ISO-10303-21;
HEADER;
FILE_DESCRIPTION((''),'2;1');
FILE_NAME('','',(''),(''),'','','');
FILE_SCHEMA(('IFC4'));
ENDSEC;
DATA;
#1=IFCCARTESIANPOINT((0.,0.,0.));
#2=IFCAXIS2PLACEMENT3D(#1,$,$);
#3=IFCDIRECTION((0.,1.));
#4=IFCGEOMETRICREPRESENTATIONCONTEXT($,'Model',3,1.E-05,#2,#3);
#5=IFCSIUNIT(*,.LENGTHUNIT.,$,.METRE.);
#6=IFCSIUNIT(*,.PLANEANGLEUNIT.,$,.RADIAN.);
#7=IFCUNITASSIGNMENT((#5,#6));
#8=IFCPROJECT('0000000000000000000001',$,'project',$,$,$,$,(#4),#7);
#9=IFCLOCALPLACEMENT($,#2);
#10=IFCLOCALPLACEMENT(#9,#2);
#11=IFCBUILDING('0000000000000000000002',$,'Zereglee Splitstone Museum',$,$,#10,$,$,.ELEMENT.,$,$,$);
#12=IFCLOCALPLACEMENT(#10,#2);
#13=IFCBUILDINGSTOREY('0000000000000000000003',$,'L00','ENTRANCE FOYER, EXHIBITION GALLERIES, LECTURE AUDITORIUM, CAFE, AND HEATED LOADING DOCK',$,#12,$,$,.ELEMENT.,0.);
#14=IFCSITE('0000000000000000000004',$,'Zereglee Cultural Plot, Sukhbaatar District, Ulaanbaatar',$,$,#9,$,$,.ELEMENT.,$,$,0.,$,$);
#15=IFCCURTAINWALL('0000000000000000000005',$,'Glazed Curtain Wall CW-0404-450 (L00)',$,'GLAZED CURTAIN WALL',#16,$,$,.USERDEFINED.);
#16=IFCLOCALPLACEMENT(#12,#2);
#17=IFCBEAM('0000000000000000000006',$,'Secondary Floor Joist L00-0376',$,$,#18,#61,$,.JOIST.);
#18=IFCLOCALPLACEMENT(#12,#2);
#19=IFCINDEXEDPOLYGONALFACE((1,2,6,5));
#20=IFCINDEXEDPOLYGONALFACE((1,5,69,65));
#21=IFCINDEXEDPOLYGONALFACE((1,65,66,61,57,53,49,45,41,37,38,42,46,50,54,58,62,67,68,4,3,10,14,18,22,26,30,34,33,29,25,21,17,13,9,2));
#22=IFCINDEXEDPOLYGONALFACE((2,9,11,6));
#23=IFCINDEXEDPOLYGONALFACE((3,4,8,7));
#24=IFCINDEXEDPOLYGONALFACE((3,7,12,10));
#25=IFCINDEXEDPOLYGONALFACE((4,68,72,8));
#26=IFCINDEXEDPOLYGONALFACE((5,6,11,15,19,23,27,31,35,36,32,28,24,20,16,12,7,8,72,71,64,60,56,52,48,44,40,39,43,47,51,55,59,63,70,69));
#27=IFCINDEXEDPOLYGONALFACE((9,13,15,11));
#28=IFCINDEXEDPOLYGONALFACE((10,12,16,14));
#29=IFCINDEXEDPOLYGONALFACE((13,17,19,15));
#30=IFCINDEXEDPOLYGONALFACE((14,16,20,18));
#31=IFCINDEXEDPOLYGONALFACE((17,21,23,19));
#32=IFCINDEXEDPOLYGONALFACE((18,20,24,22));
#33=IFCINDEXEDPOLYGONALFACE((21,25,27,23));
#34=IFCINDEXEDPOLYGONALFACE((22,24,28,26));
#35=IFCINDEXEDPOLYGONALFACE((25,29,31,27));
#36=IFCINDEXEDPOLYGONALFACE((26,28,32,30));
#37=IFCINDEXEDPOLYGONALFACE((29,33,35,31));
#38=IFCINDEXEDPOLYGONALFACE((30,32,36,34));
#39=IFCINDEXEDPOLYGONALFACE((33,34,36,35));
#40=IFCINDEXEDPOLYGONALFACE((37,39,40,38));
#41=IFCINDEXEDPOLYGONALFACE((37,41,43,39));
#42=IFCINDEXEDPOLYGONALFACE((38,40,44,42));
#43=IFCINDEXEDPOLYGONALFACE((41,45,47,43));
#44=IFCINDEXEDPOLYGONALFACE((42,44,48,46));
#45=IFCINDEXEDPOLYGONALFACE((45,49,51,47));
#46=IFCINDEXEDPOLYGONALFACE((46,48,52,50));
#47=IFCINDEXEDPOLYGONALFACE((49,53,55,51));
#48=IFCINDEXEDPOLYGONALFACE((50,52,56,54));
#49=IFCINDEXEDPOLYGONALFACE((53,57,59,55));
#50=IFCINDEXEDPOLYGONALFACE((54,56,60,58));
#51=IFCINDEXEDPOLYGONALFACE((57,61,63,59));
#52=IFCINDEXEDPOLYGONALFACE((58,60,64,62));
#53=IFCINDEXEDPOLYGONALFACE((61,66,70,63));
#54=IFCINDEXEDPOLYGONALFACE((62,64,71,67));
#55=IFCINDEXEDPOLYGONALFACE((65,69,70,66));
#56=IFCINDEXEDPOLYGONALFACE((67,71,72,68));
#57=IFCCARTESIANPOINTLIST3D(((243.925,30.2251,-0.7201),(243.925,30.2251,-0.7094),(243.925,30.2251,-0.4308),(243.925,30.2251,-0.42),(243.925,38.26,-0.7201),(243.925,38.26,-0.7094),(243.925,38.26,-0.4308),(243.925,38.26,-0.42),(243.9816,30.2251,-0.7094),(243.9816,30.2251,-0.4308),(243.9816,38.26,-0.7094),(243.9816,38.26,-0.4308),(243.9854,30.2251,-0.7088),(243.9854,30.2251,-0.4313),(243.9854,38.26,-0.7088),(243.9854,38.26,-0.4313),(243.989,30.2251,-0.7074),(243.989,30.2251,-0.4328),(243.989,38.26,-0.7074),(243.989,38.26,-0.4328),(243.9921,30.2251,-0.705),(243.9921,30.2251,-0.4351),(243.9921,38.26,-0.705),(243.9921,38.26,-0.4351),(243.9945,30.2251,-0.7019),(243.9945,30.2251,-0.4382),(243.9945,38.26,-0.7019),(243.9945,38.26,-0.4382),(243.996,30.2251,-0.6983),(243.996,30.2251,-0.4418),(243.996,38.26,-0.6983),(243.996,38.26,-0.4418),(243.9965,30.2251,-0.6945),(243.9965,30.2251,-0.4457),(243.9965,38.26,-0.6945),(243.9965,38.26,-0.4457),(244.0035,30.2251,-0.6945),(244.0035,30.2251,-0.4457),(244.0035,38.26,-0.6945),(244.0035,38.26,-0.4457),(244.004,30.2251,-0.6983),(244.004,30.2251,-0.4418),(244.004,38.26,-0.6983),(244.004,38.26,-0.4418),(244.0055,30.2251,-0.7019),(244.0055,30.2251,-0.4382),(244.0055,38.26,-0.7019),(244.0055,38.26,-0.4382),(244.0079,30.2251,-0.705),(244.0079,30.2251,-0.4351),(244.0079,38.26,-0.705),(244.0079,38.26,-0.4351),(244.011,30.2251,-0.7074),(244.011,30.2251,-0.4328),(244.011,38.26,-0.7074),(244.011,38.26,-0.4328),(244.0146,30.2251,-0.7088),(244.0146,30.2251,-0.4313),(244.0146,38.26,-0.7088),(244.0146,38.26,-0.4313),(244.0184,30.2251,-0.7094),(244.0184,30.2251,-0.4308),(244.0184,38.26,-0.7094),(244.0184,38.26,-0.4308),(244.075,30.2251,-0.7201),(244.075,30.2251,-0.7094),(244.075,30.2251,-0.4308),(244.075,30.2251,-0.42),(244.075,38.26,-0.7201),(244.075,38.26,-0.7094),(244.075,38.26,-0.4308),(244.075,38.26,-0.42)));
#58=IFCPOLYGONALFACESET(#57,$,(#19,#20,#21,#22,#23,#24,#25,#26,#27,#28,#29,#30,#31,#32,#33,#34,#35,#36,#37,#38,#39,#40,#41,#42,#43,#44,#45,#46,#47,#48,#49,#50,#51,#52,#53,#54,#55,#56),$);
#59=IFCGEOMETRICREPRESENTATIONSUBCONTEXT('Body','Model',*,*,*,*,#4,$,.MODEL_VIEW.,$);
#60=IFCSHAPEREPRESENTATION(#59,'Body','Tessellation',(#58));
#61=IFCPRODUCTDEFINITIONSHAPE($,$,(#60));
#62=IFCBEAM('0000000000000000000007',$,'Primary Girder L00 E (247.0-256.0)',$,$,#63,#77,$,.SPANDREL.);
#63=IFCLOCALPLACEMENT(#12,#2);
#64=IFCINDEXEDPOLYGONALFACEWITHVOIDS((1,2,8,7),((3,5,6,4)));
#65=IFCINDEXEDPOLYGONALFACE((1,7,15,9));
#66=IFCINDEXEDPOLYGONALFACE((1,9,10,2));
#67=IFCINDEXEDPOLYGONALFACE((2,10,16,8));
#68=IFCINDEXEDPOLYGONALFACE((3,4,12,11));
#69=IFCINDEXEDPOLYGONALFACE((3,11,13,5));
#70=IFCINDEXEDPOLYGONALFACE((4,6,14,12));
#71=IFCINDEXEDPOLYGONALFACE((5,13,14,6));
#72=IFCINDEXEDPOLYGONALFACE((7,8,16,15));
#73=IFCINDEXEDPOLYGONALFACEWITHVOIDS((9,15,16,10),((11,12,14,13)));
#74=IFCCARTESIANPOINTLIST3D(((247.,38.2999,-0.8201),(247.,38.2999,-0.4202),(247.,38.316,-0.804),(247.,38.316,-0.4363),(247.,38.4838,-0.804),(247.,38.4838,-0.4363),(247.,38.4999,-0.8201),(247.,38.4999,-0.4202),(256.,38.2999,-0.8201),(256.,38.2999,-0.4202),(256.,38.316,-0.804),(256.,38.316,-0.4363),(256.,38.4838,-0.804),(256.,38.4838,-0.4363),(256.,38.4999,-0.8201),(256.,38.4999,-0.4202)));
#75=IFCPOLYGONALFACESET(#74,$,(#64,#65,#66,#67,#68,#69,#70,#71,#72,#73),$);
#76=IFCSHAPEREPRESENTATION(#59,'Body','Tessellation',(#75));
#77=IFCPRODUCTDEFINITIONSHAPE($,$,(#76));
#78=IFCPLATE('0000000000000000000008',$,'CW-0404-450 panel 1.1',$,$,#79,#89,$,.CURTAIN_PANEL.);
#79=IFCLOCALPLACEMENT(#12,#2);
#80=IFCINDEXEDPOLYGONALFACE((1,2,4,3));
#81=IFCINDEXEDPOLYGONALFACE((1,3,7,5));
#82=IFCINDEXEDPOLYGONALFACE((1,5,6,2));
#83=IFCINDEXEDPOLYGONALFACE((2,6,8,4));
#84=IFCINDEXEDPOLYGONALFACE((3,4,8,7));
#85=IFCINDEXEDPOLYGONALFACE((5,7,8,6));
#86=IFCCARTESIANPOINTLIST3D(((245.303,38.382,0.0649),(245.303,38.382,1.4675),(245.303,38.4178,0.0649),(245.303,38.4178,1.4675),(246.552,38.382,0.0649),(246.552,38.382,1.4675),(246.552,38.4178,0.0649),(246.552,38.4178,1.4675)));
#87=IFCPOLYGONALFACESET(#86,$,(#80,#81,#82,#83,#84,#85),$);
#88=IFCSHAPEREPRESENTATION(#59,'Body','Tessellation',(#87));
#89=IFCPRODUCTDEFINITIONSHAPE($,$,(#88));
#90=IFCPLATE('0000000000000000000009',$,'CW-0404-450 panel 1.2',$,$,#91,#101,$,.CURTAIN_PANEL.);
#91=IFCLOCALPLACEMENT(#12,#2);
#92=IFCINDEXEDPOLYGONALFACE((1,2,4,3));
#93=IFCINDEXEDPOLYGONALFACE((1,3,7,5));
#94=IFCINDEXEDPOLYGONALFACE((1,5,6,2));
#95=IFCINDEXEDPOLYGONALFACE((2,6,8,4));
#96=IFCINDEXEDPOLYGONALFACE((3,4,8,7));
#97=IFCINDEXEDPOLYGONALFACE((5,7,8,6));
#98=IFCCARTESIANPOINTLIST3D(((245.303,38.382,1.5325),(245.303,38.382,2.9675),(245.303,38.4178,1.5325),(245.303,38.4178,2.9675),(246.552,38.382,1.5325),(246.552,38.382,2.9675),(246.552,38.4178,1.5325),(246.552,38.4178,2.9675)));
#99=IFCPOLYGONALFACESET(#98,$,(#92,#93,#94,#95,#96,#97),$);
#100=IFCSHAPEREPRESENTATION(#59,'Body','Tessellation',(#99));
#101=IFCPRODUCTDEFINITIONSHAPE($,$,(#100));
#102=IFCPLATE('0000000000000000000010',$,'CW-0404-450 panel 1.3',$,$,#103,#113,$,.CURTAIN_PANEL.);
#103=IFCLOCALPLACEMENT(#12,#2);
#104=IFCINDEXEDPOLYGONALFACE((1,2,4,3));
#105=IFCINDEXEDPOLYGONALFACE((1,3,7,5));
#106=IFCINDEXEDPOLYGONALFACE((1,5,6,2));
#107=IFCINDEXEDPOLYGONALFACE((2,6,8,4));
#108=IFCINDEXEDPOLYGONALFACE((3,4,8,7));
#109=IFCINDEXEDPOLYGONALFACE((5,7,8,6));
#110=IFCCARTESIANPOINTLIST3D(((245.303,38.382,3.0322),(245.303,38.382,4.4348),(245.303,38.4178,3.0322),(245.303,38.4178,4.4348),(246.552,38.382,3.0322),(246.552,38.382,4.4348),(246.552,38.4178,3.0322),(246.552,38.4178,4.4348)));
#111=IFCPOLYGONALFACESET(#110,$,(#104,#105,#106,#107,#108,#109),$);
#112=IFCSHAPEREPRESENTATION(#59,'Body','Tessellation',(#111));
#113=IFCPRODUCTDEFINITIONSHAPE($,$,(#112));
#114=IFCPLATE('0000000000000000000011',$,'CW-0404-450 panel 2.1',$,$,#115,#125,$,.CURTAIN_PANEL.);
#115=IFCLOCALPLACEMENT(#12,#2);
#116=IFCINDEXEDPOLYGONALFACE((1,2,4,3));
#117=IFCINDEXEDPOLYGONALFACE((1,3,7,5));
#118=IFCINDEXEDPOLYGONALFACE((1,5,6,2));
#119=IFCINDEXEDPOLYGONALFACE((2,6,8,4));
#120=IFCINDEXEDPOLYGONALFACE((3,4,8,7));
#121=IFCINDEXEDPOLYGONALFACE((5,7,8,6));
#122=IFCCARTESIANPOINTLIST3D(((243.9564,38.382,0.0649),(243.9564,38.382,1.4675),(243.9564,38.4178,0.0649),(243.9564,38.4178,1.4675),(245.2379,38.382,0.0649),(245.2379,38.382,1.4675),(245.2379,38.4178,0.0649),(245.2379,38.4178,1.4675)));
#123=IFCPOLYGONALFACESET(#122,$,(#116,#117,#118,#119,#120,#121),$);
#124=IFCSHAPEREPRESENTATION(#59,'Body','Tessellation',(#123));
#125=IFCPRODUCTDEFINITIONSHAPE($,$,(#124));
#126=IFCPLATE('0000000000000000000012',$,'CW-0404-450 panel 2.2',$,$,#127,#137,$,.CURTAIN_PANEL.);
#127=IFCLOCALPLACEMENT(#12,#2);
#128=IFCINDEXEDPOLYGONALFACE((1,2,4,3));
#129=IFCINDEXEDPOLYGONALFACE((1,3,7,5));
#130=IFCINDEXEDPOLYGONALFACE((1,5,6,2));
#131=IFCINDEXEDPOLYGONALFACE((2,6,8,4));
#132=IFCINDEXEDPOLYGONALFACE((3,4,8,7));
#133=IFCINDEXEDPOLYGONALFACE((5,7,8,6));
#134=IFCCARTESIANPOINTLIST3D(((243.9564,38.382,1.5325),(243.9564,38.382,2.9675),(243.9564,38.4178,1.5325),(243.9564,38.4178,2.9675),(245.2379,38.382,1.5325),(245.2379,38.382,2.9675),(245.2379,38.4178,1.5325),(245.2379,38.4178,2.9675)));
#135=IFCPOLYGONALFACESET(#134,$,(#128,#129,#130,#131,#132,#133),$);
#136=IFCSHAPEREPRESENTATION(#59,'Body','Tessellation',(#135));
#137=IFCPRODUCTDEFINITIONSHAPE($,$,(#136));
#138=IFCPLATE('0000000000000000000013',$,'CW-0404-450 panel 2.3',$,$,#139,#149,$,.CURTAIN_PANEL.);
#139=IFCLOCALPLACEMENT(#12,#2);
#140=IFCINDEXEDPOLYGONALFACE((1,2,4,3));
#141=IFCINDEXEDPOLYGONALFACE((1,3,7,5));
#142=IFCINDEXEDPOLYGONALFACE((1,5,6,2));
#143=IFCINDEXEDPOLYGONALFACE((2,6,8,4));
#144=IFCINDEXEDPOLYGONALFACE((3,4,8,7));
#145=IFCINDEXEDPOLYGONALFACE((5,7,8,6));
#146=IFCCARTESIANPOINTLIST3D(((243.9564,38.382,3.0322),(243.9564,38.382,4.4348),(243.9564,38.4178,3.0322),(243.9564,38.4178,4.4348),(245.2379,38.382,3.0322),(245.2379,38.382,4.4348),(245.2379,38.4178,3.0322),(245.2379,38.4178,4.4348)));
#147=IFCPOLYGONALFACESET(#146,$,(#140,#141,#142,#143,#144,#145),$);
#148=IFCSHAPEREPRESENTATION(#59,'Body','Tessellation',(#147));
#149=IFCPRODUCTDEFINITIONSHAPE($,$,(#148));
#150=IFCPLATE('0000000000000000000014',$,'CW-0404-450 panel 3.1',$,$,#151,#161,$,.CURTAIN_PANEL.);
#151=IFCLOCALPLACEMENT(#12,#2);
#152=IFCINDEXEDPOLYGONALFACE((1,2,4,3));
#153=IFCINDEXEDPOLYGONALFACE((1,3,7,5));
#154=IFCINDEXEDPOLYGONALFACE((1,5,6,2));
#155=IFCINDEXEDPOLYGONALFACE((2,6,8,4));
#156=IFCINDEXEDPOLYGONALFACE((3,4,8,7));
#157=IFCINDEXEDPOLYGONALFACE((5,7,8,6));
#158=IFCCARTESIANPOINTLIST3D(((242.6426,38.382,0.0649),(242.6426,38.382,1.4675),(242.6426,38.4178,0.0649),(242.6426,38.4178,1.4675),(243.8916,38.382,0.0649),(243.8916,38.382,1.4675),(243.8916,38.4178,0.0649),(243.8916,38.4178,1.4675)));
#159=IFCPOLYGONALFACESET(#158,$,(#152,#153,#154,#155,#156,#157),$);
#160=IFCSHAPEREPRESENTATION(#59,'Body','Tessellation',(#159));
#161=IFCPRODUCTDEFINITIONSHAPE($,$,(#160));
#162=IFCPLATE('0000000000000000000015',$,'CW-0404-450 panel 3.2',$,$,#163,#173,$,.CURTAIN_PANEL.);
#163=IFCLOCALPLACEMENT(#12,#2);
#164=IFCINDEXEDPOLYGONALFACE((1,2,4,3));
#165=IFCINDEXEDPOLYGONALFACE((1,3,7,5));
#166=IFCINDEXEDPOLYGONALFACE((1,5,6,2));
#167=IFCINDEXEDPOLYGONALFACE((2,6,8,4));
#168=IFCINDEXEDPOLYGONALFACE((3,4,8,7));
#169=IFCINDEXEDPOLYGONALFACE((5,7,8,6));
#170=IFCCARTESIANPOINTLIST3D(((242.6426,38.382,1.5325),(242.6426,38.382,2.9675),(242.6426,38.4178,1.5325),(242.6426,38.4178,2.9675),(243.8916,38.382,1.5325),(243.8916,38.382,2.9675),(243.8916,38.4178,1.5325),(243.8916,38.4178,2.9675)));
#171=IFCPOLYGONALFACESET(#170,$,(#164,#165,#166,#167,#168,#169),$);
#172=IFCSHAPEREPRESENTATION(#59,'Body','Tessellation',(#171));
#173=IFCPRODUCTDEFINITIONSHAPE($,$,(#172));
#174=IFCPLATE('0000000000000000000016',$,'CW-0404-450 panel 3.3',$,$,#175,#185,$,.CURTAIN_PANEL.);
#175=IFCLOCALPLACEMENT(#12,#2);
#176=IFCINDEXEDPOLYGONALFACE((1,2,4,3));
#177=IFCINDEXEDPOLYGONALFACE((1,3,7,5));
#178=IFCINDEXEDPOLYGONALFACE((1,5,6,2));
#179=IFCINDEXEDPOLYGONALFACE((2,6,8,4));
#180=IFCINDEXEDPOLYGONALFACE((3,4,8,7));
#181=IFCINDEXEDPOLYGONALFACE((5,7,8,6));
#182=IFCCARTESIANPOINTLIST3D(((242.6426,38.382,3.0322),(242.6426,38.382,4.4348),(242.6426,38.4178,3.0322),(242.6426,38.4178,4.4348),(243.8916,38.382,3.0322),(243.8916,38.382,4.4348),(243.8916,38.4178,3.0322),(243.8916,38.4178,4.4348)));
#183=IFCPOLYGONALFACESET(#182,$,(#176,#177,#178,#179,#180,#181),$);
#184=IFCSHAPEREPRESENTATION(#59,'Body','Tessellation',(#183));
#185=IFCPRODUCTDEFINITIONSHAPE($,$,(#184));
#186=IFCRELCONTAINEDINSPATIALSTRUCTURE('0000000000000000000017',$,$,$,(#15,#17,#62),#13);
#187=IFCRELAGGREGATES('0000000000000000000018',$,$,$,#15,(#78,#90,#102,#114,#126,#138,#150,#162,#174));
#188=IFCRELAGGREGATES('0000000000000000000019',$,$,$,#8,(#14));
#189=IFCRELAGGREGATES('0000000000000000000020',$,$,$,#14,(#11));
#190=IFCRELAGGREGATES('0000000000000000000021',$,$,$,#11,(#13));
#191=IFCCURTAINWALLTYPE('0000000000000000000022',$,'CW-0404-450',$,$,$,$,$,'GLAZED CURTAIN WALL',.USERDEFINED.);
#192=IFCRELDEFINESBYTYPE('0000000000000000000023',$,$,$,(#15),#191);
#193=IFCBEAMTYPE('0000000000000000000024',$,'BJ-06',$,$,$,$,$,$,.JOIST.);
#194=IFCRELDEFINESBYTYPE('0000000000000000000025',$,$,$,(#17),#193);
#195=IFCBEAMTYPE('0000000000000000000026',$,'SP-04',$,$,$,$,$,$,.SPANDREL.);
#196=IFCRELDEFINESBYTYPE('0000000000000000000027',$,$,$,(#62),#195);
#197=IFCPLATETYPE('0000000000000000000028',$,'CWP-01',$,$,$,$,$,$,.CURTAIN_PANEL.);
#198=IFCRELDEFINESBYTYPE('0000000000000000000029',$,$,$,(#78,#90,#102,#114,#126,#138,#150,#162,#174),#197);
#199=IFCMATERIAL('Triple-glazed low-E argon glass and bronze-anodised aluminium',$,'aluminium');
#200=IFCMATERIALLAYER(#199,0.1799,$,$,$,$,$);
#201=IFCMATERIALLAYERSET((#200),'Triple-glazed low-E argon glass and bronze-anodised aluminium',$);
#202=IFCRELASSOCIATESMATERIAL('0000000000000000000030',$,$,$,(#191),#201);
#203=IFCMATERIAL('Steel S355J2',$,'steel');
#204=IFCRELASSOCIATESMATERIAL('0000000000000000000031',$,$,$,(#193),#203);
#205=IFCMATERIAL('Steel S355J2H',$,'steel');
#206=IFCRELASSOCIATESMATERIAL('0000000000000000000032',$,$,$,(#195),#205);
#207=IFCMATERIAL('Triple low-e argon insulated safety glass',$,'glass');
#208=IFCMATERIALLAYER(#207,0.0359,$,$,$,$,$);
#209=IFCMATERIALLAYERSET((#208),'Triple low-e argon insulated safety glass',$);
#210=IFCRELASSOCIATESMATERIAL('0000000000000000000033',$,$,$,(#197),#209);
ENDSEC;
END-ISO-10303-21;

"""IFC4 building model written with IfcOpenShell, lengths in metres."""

from ifc_helpers import new_model, si_unit, direction, frame, origin, origin_2d, place, context, subcontext, project, spatial, rectangle, hollow_rectangle, i_section, extrude, material, layer, layer_set, material_profile, profile_set, type_object, element, aggregate, save


model = new_model("IFC4")

# Units and contexts
model_context = context("Model", 3, precision=1e-05, world=origin(), true_north=direction((0.0, 1.0)))
body_context = subcontext(model_context, "Body", "Model", "MODEL_VIEW")
ifc_project = project(units=[si_unit("LENGTHUNIT", "METRE"), si_unit("PLANEANGLEUNIT", "RADIAN")], contexts=[model_context])

# Site, building, storey
site_placement = place(None, origin())
site = spatial("IfcSite", under=ifc_project, at=site_placement, Name="Zereglee Cultural Plot, Sukhbaatar District, Ulaanbaatar", CompositionType="ELEMENT", RefElevation=0.0)
building_placement = place(site_placement, origin())
building = spatial("IfcBuilding", under=site, at=building_placement, Name="Zereglee Splitstone Museum", CompositionType="ELEMENT")
storey_placement = place(building_placement, origin())
storey = spatial("IfcBuildingStorey", under=building, at=storey_placement, Name="L00", Description="ENTRANCE FOYER, EXHIBITION GALLERIES, LECTURE AUDITORIUM, CAFE, AND HEATED LOADING DOCK", CompositionType="ELEMENT", Elevation=0.0)

# Shared definitions
ifc_material_1 = material(Name="Triple-glazed low-E argon glass and bronze-anodised aluminium", Category="aluminium")

# Curtain wall
ifc_layer_1 = layer(ifc_material_1, 0.1799)
ifc_layer_set_1 = layer_set([ifc_layer_1], Name="Triple-glazed low-E argon glass and bronze-anodised aluminium")
curtain_wall_type_1 = type_object("IfcCurtainWallType", Name="CW-0404-450", ElementType="GLAZED CURTAIN WALL", PredefinedType="USERDEFINED", material=ifc_layer_set_1)
curtain_wall_1_placement = place(storey_placement, origin())
curtain_wall_1 = element("IfcCurtainWall", 1, at=curtain_wall_1_placement, inside=storey, type_object=curtain_wall_type_1, Name="Glazed Curtain Wall CW-0404-450 (L00)", ObjectType="GLAZED CURTAIN WALL", PredefinedType="USERDEFINED")

# Beams
ifc_material_2 = material(Name="Steel S355J2", Category="steel")
ifc_material_profile_1 = material_profile(ifc_material_2, i_section(OverallWidth=0.1499, OverallDepth=0.3, WebThickness=0.0071, FlangeThickness=0.0107, FilletRadius=0.0149, at=origin_2d()), Name="IPE 300")
ifc_profile_set_1 = profile_set([ifc_material_profile_1], Name="Steel S355J2")
beam_type_1 = type_object("IfcBeamType", Name="BJ-06", PredefinedType="JOIST", material=ifc_profile_set_1)
beam_1_placement = place(storey_placement, frame((244.0, 30.2251, -0.5701), z_axis=(0.0, 1.0, 0.0), x_axis=(-1.0, 0.0, 0.0)))
element("IfcBeam", 2, at=beam_1_placement, inside=storey, type_object=beam_type_1, Name="Secondary Floor Joist L00-0376", PredefinedType="JOIST", context=body_context, shape_type="SweptSolid", body=[
    extrude(i_section(OverallWidth=0.1499, OverallDepth=0.3, WebThickness=0.0071, FlangeThickness=0.0107, FilletRadius=0.0149, at=origin_2d()), origin(), (0.0, 0.0, 1.0), 8.0349),
])
ifc_material_3 = material(Name="Steel S355J2H", Category="steel")
ifc_material_profile_2 = material_profile(ifc_material_3, hollow_rectangle(XDim=0.2, YDim=0.3999, WallThickness=0.0161, at=origin_2d()), Name="RHS 400x200x16")
ifc_profile_set_2 = profile_set([ifc_material_profile_2], Name="Steel S355J2H")
beam_type_2 = type_object("IfcBeamType", Name="SP-04", PredefinedType="SPANDREL", material=ifc_profile_set_2)
beam_2_placement = place(storey_placement, frame((247.0, 38.3999, -0.6201), z_axis=(1.0, 0.0, 0.0), x_axis=(0.0, 1.0, 0.0)))
element("IfcBeam", 3, at=beam_2_placement, inside=storey, type_object=beam_type_2, Name="Primary Girder L00 E (247.0-256.0)", PredefinedType="SPANDREL", context=body_context, shape_type="SweptSolid", body=[
    extrude(hollow_rectangle(XDim=0.2, YDim=0.3999, WallThickness=0.0161, at=origin_2d()), origin(), (0.0, 0.0, 1.0), 9.0),
])

# Plates
ifc_material_4 = material(Name="Triple low-e argon insulated safety glass", Category="glass")
ifc_layer_2 = layer(ifc_material_4, 0.0359)
ifc_layer_set_2 = layer_set([ifc_layer_2], Name="Triple low-e argon insulated safety glass")
plate_type = type_object("IfcPlateType", Name="CWP-01", PredefinedType="CURTAIN_PANEL", material=ifc_layer_set_2)
plate_1_placement = place(storey_placement, frame((245.9275, 38.3999, 0.0649), z_axis=(0.0, 0.0, 1.0), x_axis=(-1.0, 0.0, 0.0)))
plate_1 = element("IfcPlate", 4, at=plate_1_placement, type_object=plate_type, Name="CW-0404-450 panel 1.1", PredefinedType="CURTAIN_PANEL", context=body_context, shape_type="SweptSolid", body=[
    extrude(rectangle(XDim=1.249, YDim=0.0359, at=origin_2d()), origin(), (0.0, 0.0, 1.0), 1.4026),
])
plate_2_placement = place(storey_placement, frame((245.9275, 38.3999, 1.5325), z_axis=(0.0, 0.0, 1.0), x_axis=(-1.0, 0.0, 0.0)))
plate_2 = element("IfcPlate", 5, at=plate_2_placement, type_object=plate_type, Name="CW-0404-450 panel 1.2", PredefinedType="CURTAIN_PANEL", context=body_context, shape_type="SweptSolid", body=[
    extrude(rectangle(XDim=1.249, YDim=0.0359, at=origin_2d()), origin(), (0.0, 0.0, 1.0), 1.4351),
])
plate_3_placement = place(storey_placement, frame((245.9275, 38.3999, 3.0322), z_axis=(0.0, 0.0, 1.0), x_axis=(-1.0, 0.0, 0.0)))
plate_3 = element("IfcPlate", 6, at=plate_3_placement, type_object=plate_type, Name="CW-0404-450 panel 1.3", PredefinedType="CURTAIN_PANEL", context=body_context, shape_type="SweptSolid", body=[
    extrude(rectangle(XDim=1.249, YDim=0.0359, at=origin_2d()), origin(), (0.0, 0.0, 1.0), 1.4026),
])
plate_4_placement = place(storey_placement, frame((244.5972, 38.3999, 0.0649), z_axis=(0.0, 0.0, 1.0), x_axis=(-1.0, 0.0, 0.0)))
plate_4 = element("IfcPlate", 7, at=plate_4_placement, type_object=plate_type, Name="CW-0404-450 panel 2.1", PredefinedType="CURTAIN_PANEL", context=body_context, shape_type="SweptSolid", body=[
    extrude(rectangle(XDim=1.2815, YDim=0.0359, at=origin_2d()), origin(), (0.0, 0.0, 1.0), 1.4026),
])
plate_5_placement = place(storey_placement, frame((244.5972, 38.3999, 1.5325), z_axis=(0.0, 0.0, 1.0), x_axis=(-1.0, 0.0, 0.0)))
plate_5 = element("IfcPlate", 8, at=plate_5_placement, type_object=plate_type, Name="CW-0404-450 panel 2.2", PredefinedType="CURTAIN_PANEL", context=body_context, shape_type="SweptSolid", body=[
    extrude(rectangle(XDim=1.2815, YDim=0.0359, at=origin_2d()), origin(), (0.0, 0.0, 1.0), 1.4351),
])
plate_6_placement = place(storey_placement, frame((244.5972, 38.3999, 3.0322), z_axis=(0.0, 0.0, 1.0), x_axis=(-1.0, 0.0, 0.0)))
plate_6 = element("IfcPlate", 9, at=plate_6_placement, type_object=plate_type, Name="CW-0404-450 panel 2.3", PredefinedType="CURTAIN_PANEL", context=body_context, shape_type="SweptSolid", body=[
    extrude(rectangle(XDim=1.2815, YDim=0.0359, at=origin_2d()), origin(), (0.0, 0.0, 1.0), 1.4026),
])
plate_7_placement = place(storey_placement, frame((243.2671, 38.3999, 0.0649), z_axis=(0.0, 0.0, 1.0), x_axis=(-1.0, 0.0, 0.0)))
plate_7 = element("IfcPlate", 10, at=plate_7_placement, type_object=plate_type, Name="CW-0404-450 panel 3.1", PredefinedType="CURTAIN_PANEL", context=body_context, shape_type="SweptSolid", body=[
    extrude(rectangle(XDim=1.249, YDim=0.0359, at=origin_2d()), origin(), (0.0, 0.0, 1.0), 1.4026),
])
plate_8_placement = place(storey_placement, frame((243.2671, 38.3999, 1.5325), z_axis=(0.0, 0.0, 1.0), x_axis=(-1.0, 0.0, 0.0)))
plate_8 = element("IfcPlate", 11, at=plate_8_placement, type_object=plate_type, Name="CW-0404-450 panel 3.2", PredefinedType="CURTAIN_PANEL", context=body_context, shape_type="SweptSolid", body=[
    extrude(rectangle(XDim=1.249, YDim=0.0359, at=origin_2d()), origin(), (0.0, 0.0, 1.0), 1.4351),
])
plate_9_placement = place(storey_placement, frame((243.2671, 38.3999, 3.0322), z_axis=(0.0, 0.0, 1.0), x_axis=(-1.0, 0.0, 0.0)))
plate_9 = element("IfcPlate", 12, at=plate_9_placement, type_object=plate_type, Name="CW-0404-450 panel 3.3", PredefinedType="CURTAIN_PANEL", context=body_context, shape_type="SweptSolid", body=[
    extrude(rectangle(XDim=1.249, YDim=0.0359, at=origin_2d()), origin(), (0.0, 0.0, 1.0), 1.4026),
])
aggregate(curtain_wall_1, [plate_1, plate_2, plate_3, plate_4, plate_5, plate_6, plate_7, plate_8, plate_9])

save(model, "model.ifc")
